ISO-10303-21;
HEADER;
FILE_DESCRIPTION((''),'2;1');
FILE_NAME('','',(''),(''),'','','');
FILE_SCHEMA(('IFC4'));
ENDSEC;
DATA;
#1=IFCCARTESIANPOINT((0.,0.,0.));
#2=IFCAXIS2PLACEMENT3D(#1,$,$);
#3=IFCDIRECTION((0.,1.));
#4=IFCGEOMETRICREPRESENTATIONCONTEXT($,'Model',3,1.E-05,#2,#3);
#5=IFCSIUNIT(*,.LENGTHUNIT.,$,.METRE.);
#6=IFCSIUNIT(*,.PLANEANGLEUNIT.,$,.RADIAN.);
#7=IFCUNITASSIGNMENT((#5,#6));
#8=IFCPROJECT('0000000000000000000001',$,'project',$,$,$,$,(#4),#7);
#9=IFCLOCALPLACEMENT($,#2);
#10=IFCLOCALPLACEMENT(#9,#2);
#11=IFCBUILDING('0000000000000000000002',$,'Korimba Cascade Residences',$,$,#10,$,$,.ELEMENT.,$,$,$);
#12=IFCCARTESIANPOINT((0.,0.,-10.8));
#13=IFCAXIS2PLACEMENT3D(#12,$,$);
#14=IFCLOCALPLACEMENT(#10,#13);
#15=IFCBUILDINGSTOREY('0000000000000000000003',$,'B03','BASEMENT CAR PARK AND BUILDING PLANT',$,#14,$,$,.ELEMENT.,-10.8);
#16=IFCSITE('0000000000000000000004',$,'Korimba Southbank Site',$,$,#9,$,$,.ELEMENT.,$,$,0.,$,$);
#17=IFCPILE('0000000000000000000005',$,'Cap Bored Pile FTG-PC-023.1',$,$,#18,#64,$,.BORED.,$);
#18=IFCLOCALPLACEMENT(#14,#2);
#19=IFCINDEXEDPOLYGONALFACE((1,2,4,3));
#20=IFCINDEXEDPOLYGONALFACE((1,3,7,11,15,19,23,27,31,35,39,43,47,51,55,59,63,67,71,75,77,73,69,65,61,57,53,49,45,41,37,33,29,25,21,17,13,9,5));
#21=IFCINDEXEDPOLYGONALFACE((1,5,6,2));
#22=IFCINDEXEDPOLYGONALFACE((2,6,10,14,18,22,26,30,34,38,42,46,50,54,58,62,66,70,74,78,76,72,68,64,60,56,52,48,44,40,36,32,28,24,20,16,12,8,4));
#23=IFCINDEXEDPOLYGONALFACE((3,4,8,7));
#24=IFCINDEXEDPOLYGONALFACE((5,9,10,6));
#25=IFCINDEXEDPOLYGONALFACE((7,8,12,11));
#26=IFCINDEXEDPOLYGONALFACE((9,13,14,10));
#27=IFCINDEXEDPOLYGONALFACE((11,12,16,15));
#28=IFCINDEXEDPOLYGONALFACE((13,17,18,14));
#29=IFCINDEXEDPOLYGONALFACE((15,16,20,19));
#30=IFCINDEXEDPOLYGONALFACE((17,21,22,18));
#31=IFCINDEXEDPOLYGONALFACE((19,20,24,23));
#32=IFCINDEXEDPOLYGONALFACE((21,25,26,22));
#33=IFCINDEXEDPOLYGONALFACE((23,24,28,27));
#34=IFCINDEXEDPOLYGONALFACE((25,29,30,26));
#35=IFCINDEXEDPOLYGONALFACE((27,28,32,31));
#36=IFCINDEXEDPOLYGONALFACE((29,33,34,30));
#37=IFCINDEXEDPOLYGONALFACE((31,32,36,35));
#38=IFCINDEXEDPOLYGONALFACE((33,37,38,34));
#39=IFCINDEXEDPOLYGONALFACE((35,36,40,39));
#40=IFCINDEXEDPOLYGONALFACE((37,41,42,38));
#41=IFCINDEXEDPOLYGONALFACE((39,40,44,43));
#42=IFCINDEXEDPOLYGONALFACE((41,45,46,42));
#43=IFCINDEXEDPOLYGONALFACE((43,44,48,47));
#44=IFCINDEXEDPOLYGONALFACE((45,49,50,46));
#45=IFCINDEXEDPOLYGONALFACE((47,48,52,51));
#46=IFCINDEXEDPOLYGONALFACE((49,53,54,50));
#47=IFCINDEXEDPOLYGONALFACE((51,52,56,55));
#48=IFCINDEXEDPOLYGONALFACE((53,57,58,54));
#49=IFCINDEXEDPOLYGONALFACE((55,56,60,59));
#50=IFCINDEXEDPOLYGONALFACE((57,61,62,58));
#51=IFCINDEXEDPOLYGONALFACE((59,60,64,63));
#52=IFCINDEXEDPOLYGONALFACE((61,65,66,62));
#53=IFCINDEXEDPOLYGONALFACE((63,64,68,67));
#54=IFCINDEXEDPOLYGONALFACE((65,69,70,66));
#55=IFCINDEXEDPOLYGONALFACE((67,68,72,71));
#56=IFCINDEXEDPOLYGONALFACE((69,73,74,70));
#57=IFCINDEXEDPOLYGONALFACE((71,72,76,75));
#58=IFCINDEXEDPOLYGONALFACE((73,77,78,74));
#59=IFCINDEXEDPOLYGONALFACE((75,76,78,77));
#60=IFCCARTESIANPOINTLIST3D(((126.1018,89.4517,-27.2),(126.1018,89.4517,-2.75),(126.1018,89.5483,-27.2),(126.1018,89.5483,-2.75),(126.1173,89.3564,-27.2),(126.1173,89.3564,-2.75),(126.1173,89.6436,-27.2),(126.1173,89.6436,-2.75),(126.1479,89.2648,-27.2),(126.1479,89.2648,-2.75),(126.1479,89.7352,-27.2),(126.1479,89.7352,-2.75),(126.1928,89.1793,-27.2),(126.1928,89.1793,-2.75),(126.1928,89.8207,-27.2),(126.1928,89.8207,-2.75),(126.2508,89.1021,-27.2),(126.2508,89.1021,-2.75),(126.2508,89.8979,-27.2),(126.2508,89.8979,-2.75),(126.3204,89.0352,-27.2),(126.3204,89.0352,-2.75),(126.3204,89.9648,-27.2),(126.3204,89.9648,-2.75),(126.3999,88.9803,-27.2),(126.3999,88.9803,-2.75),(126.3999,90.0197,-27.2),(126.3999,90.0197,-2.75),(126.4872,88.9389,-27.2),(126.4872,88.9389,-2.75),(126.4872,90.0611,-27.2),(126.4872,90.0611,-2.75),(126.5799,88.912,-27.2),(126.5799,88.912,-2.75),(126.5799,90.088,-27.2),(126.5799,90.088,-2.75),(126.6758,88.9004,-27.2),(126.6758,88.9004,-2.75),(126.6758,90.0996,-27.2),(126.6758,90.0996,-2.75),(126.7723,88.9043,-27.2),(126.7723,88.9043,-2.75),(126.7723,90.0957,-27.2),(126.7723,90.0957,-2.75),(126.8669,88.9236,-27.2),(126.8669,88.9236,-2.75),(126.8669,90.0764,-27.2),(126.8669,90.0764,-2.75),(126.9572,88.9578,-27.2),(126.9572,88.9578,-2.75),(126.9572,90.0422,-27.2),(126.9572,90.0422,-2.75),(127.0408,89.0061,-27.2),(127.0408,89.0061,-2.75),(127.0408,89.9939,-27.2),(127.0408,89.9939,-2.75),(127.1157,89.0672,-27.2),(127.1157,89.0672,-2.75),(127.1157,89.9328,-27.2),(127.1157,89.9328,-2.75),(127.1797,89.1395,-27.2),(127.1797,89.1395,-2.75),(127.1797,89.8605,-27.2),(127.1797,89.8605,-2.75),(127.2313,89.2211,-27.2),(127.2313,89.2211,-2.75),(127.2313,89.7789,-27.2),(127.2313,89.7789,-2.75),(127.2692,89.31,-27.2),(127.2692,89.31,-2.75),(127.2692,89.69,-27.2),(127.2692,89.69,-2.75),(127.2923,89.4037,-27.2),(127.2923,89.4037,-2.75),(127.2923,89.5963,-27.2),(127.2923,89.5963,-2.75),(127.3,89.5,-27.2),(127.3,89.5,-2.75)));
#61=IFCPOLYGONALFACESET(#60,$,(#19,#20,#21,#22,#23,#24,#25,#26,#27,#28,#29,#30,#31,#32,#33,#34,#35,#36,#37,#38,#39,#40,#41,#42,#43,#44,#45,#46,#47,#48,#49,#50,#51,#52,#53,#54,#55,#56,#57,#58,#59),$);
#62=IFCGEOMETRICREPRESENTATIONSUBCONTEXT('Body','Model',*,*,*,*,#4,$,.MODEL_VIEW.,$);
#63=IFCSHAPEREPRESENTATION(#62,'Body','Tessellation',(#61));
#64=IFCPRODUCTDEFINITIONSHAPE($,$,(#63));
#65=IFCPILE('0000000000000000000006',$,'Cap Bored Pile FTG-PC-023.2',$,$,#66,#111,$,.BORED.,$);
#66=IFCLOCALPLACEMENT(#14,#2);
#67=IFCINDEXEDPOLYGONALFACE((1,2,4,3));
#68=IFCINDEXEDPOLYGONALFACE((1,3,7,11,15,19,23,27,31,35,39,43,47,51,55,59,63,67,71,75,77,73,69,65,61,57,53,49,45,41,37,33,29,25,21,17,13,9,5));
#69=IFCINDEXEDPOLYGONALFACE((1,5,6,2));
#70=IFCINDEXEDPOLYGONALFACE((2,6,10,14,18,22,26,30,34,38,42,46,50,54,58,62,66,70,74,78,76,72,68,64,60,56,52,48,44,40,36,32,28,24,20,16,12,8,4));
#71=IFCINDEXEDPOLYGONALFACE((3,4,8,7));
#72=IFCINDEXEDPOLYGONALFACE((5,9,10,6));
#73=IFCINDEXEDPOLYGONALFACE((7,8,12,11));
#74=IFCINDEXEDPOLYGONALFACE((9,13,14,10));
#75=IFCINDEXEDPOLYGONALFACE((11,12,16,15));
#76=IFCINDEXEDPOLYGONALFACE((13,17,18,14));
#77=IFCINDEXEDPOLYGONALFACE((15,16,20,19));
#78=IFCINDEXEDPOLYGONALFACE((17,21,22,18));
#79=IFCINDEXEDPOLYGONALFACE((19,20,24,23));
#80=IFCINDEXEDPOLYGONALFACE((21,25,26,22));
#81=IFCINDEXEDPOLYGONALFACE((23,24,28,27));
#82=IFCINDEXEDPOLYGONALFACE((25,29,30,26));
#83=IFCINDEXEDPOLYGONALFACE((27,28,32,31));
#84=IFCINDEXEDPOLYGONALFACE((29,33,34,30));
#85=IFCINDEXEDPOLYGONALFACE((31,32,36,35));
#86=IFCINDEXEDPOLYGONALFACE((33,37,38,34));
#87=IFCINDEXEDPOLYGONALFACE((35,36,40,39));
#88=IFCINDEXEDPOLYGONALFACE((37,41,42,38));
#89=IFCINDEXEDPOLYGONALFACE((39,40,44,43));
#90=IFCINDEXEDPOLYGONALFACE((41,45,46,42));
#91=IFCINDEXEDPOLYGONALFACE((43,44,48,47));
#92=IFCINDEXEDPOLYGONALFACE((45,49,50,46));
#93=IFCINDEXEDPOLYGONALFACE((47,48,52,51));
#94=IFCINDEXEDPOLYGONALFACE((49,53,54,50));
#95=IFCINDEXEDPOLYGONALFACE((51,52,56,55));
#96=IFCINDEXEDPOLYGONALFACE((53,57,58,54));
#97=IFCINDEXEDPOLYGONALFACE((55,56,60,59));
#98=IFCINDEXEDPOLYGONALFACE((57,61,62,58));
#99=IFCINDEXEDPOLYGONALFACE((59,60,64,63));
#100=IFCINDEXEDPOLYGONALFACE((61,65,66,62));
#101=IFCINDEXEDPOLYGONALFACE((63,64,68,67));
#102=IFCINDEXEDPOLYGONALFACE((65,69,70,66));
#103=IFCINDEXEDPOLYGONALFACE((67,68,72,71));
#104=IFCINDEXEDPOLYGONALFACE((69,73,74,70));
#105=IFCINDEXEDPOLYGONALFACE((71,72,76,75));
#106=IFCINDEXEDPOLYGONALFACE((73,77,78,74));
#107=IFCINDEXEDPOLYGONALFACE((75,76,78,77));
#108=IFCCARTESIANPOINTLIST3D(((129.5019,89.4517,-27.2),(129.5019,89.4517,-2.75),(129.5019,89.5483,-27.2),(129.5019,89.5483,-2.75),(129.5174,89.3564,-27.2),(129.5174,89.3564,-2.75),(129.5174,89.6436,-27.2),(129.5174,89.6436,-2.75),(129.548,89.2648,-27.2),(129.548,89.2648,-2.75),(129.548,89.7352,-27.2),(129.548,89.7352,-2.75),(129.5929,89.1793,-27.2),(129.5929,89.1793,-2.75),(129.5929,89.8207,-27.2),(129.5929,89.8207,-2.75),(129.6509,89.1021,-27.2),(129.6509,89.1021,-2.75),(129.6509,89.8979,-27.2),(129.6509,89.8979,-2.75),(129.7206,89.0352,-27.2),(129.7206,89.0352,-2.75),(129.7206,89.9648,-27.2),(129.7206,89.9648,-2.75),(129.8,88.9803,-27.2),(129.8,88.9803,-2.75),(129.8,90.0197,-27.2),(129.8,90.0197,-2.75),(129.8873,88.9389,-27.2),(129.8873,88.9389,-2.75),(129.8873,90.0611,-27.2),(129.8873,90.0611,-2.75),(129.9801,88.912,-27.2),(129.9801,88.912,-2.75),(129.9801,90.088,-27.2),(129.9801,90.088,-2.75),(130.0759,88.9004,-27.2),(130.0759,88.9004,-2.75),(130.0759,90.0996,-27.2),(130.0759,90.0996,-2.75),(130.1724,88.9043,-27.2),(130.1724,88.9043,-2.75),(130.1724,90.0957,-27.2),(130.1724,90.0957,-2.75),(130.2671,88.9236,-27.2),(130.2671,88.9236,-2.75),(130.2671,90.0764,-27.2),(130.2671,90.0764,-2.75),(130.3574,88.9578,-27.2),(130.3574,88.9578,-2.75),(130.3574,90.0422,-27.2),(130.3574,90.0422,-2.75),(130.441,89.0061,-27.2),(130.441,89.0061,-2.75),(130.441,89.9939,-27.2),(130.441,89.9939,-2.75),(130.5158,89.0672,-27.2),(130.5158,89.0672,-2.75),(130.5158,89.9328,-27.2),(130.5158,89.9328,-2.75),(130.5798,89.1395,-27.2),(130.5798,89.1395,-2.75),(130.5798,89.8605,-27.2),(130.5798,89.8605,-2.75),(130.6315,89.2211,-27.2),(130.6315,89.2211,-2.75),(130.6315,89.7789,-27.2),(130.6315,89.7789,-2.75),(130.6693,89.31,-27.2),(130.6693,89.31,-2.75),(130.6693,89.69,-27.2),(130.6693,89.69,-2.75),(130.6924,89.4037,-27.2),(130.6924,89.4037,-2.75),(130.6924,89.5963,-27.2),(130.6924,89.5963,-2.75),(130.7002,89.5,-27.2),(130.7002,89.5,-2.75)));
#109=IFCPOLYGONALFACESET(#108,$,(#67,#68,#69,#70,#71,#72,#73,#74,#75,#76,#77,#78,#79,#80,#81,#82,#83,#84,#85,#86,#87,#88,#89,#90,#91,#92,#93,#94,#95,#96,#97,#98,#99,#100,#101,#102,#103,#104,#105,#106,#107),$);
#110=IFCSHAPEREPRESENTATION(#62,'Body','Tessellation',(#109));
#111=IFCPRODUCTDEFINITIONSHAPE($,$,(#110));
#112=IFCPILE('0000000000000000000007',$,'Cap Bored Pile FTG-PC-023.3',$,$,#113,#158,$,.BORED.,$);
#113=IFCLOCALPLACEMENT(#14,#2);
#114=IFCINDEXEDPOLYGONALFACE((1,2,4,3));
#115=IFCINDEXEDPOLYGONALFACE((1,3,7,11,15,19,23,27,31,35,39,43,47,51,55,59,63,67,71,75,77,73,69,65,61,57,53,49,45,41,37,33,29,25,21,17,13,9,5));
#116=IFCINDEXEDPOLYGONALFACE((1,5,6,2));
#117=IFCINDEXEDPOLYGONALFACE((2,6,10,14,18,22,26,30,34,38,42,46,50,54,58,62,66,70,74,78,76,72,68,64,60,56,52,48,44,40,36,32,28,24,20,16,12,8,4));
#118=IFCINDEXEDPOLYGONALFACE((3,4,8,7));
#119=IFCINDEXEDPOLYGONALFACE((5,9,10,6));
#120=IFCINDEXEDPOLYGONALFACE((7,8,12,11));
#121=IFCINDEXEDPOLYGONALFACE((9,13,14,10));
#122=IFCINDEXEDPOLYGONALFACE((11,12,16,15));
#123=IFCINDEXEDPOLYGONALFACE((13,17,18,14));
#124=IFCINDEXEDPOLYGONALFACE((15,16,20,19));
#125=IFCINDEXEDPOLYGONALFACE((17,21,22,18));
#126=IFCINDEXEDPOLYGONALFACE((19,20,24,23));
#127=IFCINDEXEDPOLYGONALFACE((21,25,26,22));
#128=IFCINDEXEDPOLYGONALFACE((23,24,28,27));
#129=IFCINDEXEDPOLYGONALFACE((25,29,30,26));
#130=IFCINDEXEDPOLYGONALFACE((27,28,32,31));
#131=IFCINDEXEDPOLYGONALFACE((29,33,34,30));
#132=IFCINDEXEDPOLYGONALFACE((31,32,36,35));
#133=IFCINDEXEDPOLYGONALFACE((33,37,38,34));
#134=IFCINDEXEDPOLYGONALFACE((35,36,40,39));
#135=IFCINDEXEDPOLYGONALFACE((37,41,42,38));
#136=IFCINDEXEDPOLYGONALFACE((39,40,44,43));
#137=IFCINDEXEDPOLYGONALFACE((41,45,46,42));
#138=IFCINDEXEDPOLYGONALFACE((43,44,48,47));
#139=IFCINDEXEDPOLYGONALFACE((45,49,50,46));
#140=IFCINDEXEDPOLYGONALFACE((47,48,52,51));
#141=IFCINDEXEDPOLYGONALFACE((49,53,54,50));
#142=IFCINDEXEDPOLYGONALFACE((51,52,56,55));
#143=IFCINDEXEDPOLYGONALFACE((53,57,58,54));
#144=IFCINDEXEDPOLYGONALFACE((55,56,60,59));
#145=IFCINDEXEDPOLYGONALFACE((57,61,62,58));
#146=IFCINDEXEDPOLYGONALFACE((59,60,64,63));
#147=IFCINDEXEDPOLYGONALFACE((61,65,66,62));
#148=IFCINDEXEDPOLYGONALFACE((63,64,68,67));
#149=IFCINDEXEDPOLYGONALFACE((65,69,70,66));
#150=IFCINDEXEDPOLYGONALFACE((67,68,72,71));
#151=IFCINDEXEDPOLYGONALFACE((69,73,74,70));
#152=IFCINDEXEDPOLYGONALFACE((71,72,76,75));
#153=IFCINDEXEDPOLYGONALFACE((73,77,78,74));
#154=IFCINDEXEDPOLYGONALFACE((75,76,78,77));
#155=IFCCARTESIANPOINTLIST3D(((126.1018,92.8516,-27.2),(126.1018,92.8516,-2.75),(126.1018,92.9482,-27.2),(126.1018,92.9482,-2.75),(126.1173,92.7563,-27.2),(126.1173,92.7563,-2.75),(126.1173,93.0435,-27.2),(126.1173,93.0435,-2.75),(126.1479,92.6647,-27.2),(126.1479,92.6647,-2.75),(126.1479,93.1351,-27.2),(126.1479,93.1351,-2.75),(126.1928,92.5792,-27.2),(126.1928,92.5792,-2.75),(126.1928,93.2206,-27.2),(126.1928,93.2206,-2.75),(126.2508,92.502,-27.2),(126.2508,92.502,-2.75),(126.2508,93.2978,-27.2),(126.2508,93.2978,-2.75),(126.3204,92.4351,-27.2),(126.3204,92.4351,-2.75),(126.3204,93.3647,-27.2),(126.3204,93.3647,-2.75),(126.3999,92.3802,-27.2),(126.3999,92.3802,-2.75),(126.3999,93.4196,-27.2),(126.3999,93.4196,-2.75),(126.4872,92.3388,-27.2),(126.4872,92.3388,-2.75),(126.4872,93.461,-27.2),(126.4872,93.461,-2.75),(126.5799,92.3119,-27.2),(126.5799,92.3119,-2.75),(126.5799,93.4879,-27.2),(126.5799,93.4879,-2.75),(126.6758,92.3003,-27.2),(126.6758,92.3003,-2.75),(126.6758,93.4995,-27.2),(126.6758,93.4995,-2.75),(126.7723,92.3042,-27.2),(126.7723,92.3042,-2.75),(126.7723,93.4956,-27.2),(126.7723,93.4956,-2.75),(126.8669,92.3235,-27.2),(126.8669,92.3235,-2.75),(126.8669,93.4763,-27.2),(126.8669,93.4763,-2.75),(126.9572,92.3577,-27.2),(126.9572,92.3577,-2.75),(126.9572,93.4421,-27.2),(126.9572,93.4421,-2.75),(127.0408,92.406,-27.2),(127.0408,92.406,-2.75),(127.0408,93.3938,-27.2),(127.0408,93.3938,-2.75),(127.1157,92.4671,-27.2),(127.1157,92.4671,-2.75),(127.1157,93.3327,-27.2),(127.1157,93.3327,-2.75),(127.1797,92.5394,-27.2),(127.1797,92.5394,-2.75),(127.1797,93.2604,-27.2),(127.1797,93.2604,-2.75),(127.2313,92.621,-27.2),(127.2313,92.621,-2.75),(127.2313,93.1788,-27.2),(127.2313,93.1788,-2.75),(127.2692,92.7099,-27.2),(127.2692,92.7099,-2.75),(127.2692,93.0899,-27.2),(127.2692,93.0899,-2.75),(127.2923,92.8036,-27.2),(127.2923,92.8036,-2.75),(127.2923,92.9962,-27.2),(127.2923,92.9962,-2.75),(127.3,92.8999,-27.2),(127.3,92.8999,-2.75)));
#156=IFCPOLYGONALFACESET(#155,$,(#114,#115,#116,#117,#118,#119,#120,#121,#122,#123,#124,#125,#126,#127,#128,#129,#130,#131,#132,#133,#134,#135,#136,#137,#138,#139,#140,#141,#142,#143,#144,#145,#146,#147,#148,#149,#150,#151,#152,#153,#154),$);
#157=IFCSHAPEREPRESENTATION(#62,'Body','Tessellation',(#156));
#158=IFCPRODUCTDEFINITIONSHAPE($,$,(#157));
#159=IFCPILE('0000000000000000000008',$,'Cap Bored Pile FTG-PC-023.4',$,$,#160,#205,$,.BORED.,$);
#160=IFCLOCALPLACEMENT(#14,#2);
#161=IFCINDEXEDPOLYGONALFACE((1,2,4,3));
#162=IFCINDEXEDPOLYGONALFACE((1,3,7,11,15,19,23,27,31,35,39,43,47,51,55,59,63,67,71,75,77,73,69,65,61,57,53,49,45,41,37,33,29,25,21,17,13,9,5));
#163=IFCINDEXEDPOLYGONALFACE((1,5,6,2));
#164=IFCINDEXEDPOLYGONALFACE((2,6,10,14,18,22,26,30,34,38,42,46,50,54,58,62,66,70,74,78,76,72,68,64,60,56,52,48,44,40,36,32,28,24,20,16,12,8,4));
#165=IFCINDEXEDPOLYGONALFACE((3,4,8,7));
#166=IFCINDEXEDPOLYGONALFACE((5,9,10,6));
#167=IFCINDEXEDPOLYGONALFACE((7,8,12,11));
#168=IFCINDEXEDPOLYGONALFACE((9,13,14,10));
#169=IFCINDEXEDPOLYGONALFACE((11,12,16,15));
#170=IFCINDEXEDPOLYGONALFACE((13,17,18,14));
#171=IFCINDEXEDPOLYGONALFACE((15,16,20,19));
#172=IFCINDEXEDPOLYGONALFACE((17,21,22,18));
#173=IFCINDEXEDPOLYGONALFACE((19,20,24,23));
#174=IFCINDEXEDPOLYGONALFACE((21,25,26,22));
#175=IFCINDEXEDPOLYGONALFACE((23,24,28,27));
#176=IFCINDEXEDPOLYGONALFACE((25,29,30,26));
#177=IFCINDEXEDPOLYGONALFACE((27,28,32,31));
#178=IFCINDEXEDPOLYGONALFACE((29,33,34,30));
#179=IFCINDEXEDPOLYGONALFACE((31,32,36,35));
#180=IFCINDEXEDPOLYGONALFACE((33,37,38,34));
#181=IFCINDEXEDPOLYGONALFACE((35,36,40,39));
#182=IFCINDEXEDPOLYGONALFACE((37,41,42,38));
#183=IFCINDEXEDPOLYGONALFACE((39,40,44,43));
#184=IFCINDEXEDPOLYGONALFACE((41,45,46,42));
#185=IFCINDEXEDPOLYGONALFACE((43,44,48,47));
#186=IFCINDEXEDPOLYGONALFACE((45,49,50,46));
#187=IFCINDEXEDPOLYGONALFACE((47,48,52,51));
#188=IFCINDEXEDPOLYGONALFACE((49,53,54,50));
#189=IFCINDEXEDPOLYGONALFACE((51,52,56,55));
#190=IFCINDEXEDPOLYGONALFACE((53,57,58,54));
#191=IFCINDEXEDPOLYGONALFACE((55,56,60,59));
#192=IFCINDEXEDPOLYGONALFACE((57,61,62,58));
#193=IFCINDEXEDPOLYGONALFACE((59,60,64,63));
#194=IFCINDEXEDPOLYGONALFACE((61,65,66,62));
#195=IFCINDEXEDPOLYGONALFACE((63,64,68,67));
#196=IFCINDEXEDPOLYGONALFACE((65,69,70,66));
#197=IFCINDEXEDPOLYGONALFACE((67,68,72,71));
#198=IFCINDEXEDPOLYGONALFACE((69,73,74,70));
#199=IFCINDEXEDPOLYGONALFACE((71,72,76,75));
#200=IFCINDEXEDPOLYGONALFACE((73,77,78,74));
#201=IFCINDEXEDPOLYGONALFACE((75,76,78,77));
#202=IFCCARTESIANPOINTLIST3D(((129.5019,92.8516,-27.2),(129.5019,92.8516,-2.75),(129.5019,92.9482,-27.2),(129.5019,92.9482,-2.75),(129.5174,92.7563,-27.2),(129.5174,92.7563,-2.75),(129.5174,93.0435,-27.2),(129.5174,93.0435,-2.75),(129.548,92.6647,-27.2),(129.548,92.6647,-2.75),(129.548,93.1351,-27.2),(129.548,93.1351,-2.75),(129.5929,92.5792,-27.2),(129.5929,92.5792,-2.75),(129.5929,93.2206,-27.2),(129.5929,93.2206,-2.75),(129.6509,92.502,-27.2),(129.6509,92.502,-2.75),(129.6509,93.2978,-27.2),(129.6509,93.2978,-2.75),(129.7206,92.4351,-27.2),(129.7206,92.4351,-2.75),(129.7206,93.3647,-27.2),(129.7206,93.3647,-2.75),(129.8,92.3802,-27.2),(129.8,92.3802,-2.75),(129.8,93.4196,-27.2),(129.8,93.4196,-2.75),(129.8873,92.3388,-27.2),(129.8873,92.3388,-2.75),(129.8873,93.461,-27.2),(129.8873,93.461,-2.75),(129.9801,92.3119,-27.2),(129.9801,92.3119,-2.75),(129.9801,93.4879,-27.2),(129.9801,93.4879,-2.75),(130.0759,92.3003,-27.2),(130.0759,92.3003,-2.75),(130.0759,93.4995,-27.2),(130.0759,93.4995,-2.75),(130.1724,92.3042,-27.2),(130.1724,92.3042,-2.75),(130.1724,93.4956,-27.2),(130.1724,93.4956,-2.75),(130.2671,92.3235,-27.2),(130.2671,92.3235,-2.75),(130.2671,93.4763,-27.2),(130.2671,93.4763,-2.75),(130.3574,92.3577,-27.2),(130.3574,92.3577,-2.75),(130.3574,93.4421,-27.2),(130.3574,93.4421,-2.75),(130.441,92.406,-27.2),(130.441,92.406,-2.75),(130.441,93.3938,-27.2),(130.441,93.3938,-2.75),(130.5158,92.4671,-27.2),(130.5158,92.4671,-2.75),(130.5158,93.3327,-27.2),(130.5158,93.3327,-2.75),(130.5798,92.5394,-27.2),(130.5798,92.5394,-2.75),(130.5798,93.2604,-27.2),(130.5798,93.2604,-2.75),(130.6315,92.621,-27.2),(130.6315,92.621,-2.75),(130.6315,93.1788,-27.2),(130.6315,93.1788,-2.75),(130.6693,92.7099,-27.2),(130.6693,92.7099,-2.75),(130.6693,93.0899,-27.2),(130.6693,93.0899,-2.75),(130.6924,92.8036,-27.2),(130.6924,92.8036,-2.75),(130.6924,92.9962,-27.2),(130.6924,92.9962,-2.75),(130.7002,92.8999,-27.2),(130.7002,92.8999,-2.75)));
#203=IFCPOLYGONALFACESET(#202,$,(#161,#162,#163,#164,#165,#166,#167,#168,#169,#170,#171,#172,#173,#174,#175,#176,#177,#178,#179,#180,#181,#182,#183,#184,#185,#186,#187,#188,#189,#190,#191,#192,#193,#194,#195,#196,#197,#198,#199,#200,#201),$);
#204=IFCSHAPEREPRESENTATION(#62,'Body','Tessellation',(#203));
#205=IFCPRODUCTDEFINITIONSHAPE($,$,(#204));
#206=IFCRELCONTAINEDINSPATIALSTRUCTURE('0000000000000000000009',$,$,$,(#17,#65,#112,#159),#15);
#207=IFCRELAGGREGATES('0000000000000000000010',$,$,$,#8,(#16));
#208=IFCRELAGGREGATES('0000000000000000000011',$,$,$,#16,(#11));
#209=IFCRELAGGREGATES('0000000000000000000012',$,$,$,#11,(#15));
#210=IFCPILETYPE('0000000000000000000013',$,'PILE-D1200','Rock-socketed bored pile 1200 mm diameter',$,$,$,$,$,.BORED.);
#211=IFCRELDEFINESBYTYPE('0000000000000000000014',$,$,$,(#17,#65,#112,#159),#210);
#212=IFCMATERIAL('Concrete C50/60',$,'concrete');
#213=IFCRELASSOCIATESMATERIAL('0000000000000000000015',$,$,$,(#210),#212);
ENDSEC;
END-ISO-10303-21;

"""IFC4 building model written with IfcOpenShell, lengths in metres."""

from ifc_helpers import new_model, si_unit, direction, frame, origin, origin_2d, place, context, subcontext, project, spatial, circle, extrude, material, material_profile, profile_set, type_object, element, save


model = new_model("IFC4")

# Units and contexts
model_context = context("Model", 3, precision=1e-05, world=origin(), true_north=direction((0.0, 1.0)))
body_context = subcontext(model_context, "Body", "Model", "MODEL_VIEW")
ifc_project = project(units=[si_unit("LENGTHUNIT", "METRE"), si_unit("PLANEANGLEUNIT", "RADIAN")], contexts=[model_context])

# Site, building, storey
site_placement = place(None, origin())
site = spatial("IfcSite", under=ifc_project, at=site_placement, Name="Korimba Southbank Site", CompositionType="ELEMENT", RefElevation=0.0)
building_placement = place(site_placement, origin())
building = spatial("IfcBuilding", under=site, at=building_placement, Name="Korimba Cascade Residences", CompositionType="ELEMENT")
storey_placement = place(building_placement, frame((0.0, 0.0, -10.8)))
storey = spatial("IfcBuildingStorey", under=building, at=storey_placement, Name="B03", Description="BASEMENT CAR PARK AND BUILDING PLANT", CompositionType="ELEMENT", Elevation=-10.8)

# Piles
ifc_material_1 = material(Name="Concrete C50/60", Category="concrete")
ifc_material_profile_1 = material_profile(ifc_material_1, circle(Radius=0.6001, at=origin_2d()), Name="Concrete C50/60")
ifc_profile_set_1 = profile_set([ifc_material_profile_1], Name="Concrete C50/60")
pile_type = type_object("IfcPileType", Name="PILE-D1200", Description="Rock-socketed bored pile 1200 mm diameter", PredefinedType="BORED", material=ifc_profile_set_1)
for number, where, z_axis, x_axis, name in (
    (1, (126.7, 89.5, -2.75), (0.0, 0.0, -1.0), (1.0, 0.0, 0.0), "Cap Bored Pile FTG-PC-023.1"),
    (2, (130.1001, 89.5, -2.75), (0.0, 0.0, -1.0), (1.0, 0.0, 0.0), "Cap Bored Pile FTG-PC-023.2"),
    (3, (126.7, 92.8999, -2.75), (0.0, 0.0, -1.0), (1.0, 0.0, 0.0), "Cap Bored Pile FTG-PC-023.3"),
    (4, (130.1001, 92.8999, -2.75), (0.0, 0.0, -1.0), (1.0, 0.0, 0.0), "Cap Bored Pile FTG-PC-023.4"),
):
    element("IfcPile", number, at=place(storey_placement, frame(where, z_axis=z_axis, x_axis=x_axis)), inside=storey, type_object=pile_type, Name=name, PredefinedType="BORED", context=body_context, shape_type="SweptSolid", body=[
        extrude(circle(Radius=0.6001, at=origin_2d()), origin(), (0.0, 0.0, 1.0), 24.45),
    ])

save(model, "model.ifc")
